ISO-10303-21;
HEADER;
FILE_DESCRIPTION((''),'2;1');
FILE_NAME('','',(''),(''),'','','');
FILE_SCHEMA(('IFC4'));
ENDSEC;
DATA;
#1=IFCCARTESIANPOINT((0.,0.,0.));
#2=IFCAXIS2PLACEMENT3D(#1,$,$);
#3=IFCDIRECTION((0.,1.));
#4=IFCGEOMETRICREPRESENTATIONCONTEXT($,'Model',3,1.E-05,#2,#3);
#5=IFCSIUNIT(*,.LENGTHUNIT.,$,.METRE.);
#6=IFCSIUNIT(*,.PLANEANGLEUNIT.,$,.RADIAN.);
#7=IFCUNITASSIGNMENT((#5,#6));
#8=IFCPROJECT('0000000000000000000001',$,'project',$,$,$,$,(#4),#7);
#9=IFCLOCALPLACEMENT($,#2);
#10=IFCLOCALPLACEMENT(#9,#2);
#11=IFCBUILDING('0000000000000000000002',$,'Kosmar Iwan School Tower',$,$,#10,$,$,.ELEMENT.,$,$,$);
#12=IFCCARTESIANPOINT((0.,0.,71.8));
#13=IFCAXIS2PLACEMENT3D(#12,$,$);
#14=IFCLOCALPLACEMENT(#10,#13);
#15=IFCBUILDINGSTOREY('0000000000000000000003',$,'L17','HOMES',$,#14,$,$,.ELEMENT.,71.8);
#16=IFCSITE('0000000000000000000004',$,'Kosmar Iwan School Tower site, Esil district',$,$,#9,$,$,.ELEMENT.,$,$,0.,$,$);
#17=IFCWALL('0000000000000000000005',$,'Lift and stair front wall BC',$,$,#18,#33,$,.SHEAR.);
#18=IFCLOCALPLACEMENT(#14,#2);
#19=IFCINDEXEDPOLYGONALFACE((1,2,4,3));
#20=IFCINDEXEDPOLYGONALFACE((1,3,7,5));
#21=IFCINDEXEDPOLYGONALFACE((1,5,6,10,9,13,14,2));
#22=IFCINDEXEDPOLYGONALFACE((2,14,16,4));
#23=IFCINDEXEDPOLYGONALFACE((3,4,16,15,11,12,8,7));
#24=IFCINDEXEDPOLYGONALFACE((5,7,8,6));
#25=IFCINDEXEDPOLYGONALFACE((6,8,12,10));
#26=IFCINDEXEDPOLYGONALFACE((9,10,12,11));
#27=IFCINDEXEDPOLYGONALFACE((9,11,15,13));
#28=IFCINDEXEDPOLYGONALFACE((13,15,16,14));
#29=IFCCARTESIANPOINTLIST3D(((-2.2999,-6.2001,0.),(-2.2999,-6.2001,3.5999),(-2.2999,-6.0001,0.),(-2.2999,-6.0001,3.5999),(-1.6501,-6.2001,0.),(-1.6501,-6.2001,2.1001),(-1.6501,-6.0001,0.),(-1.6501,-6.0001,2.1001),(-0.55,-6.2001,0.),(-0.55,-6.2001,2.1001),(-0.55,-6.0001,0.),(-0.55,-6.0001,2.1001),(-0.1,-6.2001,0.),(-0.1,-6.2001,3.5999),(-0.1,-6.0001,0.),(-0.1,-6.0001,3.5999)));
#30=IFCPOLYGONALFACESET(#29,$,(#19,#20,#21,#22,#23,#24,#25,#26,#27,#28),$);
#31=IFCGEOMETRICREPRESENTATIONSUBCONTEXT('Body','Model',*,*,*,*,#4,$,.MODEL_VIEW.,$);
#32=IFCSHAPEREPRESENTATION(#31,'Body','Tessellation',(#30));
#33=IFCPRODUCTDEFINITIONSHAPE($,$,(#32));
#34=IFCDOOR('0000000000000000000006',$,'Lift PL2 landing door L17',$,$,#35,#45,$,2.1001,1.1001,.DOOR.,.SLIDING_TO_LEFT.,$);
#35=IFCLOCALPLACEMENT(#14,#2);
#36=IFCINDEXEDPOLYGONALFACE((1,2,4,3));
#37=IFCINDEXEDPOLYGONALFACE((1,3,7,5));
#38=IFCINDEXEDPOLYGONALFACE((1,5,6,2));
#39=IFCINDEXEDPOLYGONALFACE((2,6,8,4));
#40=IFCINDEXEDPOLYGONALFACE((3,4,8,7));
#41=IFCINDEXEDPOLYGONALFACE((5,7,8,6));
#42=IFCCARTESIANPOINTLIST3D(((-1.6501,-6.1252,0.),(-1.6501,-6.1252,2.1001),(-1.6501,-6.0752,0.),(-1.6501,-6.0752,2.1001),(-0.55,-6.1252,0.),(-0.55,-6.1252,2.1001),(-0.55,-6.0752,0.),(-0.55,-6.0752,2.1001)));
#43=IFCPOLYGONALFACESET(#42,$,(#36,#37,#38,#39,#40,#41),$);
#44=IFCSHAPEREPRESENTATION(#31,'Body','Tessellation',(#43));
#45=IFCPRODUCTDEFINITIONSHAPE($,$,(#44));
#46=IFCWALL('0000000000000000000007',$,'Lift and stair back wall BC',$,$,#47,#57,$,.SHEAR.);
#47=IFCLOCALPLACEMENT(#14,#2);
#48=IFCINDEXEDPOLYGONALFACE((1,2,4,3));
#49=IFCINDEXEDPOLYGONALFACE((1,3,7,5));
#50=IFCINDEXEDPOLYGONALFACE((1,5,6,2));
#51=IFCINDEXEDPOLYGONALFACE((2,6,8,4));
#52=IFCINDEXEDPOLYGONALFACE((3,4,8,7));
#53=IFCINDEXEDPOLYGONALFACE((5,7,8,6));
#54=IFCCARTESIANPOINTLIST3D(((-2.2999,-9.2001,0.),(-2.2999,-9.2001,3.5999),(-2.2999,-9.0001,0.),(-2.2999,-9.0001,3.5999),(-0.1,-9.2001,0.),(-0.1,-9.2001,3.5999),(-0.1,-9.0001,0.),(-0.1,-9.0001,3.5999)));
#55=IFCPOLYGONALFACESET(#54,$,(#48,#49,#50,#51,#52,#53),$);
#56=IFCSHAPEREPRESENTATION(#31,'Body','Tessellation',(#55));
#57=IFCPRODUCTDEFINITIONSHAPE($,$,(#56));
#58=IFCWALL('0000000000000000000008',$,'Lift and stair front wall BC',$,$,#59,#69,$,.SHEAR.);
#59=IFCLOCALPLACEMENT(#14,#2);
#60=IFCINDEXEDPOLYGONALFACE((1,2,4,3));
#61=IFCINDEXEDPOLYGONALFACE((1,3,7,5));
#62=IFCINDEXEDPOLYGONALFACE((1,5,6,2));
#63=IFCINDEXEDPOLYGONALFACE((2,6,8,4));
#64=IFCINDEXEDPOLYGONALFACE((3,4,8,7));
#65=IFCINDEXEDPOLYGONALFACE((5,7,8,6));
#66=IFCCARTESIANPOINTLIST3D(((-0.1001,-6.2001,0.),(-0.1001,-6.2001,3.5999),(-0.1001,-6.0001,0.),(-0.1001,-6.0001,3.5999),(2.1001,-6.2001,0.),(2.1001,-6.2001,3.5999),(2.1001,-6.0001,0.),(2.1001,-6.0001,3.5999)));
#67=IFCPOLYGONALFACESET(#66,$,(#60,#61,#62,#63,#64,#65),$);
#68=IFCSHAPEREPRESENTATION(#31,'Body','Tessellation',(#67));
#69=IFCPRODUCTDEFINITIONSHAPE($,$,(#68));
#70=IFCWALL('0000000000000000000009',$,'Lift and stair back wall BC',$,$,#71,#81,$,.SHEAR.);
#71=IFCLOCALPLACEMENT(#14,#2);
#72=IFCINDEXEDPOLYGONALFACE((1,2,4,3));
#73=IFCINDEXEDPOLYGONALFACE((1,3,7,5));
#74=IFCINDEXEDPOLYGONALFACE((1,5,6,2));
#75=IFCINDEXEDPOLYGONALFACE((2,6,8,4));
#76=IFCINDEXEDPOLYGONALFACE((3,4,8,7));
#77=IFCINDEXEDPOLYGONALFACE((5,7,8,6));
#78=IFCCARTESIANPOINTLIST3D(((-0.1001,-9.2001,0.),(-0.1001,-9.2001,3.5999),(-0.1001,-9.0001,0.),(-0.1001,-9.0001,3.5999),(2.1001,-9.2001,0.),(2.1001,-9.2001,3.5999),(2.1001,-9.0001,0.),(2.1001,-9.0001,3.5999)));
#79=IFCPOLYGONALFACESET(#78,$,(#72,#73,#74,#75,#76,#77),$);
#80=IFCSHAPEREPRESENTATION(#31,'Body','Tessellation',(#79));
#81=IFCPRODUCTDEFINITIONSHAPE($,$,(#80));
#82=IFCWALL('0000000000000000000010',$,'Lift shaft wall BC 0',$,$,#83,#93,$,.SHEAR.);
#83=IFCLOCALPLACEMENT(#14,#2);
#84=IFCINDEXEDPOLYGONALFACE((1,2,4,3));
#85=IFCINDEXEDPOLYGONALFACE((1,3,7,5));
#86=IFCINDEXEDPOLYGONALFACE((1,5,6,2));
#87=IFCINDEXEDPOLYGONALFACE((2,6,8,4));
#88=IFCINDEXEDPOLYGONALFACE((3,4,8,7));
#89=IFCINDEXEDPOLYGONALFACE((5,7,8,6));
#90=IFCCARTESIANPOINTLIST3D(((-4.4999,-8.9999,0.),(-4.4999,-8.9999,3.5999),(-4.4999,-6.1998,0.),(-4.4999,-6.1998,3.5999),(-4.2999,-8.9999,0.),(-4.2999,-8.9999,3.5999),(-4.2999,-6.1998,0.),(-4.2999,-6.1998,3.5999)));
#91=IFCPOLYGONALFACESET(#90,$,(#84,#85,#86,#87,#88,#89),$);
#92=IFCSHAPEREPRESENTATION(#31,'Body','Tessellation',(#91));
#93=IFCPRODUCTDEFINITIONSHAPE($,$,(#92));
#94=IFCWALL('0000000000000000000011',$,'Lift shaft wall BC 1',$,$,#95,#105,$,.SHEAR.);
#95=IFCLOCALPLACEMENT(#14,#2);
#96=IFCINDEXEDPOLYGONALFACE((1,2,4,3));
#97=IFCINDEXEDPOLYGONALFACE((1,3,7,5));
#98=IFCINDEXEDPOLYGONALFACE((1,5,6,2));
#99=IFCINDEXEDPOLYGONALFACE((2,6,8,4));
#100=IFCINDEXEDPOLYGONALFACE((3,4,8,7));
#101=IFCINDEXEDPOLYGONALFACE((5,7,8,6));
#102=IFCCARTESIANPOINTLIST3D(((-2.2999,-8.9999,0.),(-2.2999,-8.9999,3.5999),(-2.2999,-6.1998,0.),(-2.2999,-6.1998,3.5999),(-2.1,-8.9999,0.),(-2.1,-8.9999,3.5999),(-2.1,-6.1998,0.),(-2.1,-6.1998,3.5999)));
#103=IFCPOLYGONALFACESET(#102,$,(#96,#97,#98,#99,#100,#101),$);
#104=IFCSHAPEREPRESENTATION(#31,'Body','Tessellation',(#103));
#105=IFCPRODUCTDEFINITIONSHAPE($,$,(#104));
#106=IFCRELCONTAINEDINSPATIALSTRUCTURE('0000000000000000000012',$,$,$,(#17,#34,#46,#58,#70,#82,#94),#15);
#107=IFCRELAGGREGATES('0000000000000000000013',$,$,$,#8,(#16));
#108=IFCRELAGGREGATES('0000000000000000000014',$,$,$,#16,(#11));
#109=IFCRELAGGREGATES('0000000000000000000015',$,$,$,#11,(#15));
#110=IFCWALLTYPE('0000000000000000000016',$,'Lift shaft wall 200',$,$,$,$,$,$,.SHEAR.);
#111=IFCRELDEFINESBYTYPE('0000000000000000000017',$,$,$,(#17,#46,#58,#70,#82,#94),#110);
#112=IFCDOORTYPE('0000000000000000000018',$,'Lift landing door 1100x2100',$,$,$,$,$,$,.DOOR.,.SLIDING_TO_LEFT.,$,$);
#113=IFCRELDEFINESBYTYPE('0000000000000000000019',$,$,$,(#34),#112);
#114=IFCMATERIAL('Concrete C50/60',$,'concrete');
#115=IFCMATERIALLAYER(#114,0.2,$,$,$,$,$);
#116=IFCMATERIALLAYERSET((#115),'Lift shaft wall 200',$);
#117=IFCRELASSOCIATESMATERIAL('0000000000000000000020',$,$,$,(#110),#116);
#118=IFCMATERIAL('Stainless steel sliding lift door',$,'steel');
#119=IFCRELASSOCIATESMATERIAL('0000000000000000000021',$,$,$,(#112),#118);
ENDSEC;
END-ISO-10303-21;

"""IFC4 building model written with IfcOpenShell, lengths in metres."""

from ifc_helpers import new_model, si_unit, direction, frame, frame_2d, origin, place, context, subcontext, project, spatial, rectangle, extrude, material, layer, layer_set, type_object, element, fill, save


model = new_model("IFC4")

# Units and contexts
model_context = context("Model", 3, precision=1e-05, world=origin(), true_north=direction((0.0, 1.0)))
body_context = subcontext(model_context, "Body", "Model", "MODEL_VIEW")
ifc_project = project(units=[si_unit("LENGTHUNIT", "METRE"), si_unit("PLANEANGLEUNIT", "RADIAN")], contexts=[model_context])

# Site, building, storey
site_placement = place(None, origin())
site = spatial("IfcSite", under=ifc_project, at=site_placement, Name="Kosmar Iwan School Tower site, Esil district", CompositionType="ELEMENT", RefElevation=0.0)
building_placement = place(site_placement, origin())
building = spatial("IfcBuilding", under=site, at=building_placement, Name="Kosmar Iwan School Tower", CompositionType="ELEMENT")
storey_placement = place(building_placement, frame((0.0, 0.0, 71.8)))
storey = spatial("IfcBuildingStorey", under=building, at=storey_placement, Name="L17", Description="HOMES", CompositionType="ELEMENT", Elevation=71.8)

# Shared definitions
ifc_material_1 = material(Name="Concrete C50/60", Category="concrete")
ifc_layer_1 = layer(ifc_material_1, 0.2)
ifc_layer_set_1 = layer_set([ifc_layer_1], Name="Lift shaft wall 200")
wall_type_1 = type_object("IfcWallType", Name="Lift shaft wall 200", PredefinedType="SHEAR", material=ifc_layer_set_1)
ifc_material_2 = material(Name="Stainless steel sliding lift door", Category="steel")
door_type_1 = type_object("IfcDoorType", Name="Lift landing door 1100x2100", OperationType="SLIDING_TO_LEFT", PredefinedType="DOOR", material=ifc_material_2)

# Wall, opening, door
wall_1_placement = place(storey_placement, frame((-2.3, -6.1001, 0.0), z_axis=(0.0, 0.0, 1.0), x_axis=(1.0, 0.0, 0.0)))
wall_1 = element("IfcWall", 1, at=wall_1_placement, inside=storey, type_object=wall_type_1, Name="Lift and stair front wall BC", PredefinedType="SHEAR", context=body_context, shape_type="SweptSolid", body=[
    extrude(rectangle(XDim=2.2, YDim=0.2, at=frame_2d((1.1001, 0.0))), origin(), (0.0, 0.0, 1.0), 3.5999),
])
opening_1_placement = place(wall_1_placement, frame((0.6499, 0.0, 0.0)))
opening_1 = element("IfcOpeningElement", 2, at=opening_1_placement, cuts=wall_1, PredefinedType="OPENING", context=body_context, shape_type="SweptSolid", body=[
    extrude(rectangle(XDim=1.1001, YDim=2.1001, at=frame_2d((0.55, 1.05))), frame((0.0, 0.1121, 0.0), z_axis=(0.0, -1.0, 0.0), x_axis=(1.0, 0.0, 0.0)), (0.0, 0.0, 1.0), 0.2239),
])
door_1_placement = place(opening_1_placement, origin())
door_1 = element("IfcDoor", 3, at=door_1_placement, inside=storey, type_object=door_type_1, Name="Lift PL2 landing door L17", OperationType="SLIDING_TO_LEFT", OverallHeight=2.1001, OverallWidth=1.1001, PredefinedType="DOOR", context=body_context, shape_type="SweptSolid", body=[
    extrude(rectangle(XDim=1.1001, YDim=2.1001, at=frame_2d((0.55, 1.05))), frame((0.0, 0.0249, 0.0), z_axis=(0.0, -1.0, 0.0), x_axis=(1.0, 0.0, 0.0)), (0.0, 0.0, 1.0), 0.05),
])
fill(opening_1, door_1)

# Walls
wall_2_placement = place(storey_placement, frame((-2.3, -9.1001, 0.0), z_axis=(0.0, 0.0, 1.0), x_axis=(1.0, 0.0, 0.0)))
element("IfcWall", 4, at=wall_2_placement, inside=storey, type_object=wall_type_1, Name="Lift and stair back wall BC", PredefinedType="SHEAR", context=body_context, shape_type="SweptSolid", body=[
    extrude(rectangle(XDim=2.2, YDim=0.2, at=frame_2d((1.1001, 0.0))), origin(), (0.0, 0.0, 1.0), 3.5999),
])
for number, where, z_axis, x_axis, name in (
    (5, (-0.1001, -6.1001, 0.0), (0.0, 0.0, 1.0), (1.0, 0.0, 0.0), "Lift and stair front wall BC"),
    (6, (-0.1001, -9.1001, 0.0), (0.0, 0.0, 1.0), (1.0, 0.0, 0.0), "Lift and stair back wall BC"),
):
    element("IfcWall", number, at=place(storey_placement, frame(where, z_axis=z_axis, x_axis=x_axis)), inside=storey, type_object=wall_type_1, Name=name, PredefinedType="SHEAR", context=body_context, shape_type="SweptSolid", body=[
        extrude(rectangle(XDim=2.2002, YDim=0.2, at=frame_2d((1.1001, 0.0))), origin(), (0.0, 0.0, 1.0), 3.5999),
    ])
for number, where, z_axis, x_axis, name in (
    (7, (-4.3999, -6.2, 0.0), (0.0, 0.0, 1.0), (0.0, -1.0, 0.0), "Lift shaft wall BC 0"),
    (8, (-2.2, -6.2, 0.0), (0.0, 0.0, 1.0), (0.0, -1.0, 0.0), "Lift shaft wall BC 1"),
):
    element("IfcWall", number, at=place(storey_placement, frame(where, z_axis=z_axis, x_axis=x_axis)), inside=storey, type_object=wall_type_1, Name=name, PredefinedType="SHEAR", context=body_context, shape_type="SweptSolid", body=[
        extrude(rectangle(XDim=2.8, YDim=0.2, at=frame_2d((1.3999, 0.0))), origin(), (0.0, 0.0, 1.0), 3.5999),
    ])

save(model, "model.ifc")
